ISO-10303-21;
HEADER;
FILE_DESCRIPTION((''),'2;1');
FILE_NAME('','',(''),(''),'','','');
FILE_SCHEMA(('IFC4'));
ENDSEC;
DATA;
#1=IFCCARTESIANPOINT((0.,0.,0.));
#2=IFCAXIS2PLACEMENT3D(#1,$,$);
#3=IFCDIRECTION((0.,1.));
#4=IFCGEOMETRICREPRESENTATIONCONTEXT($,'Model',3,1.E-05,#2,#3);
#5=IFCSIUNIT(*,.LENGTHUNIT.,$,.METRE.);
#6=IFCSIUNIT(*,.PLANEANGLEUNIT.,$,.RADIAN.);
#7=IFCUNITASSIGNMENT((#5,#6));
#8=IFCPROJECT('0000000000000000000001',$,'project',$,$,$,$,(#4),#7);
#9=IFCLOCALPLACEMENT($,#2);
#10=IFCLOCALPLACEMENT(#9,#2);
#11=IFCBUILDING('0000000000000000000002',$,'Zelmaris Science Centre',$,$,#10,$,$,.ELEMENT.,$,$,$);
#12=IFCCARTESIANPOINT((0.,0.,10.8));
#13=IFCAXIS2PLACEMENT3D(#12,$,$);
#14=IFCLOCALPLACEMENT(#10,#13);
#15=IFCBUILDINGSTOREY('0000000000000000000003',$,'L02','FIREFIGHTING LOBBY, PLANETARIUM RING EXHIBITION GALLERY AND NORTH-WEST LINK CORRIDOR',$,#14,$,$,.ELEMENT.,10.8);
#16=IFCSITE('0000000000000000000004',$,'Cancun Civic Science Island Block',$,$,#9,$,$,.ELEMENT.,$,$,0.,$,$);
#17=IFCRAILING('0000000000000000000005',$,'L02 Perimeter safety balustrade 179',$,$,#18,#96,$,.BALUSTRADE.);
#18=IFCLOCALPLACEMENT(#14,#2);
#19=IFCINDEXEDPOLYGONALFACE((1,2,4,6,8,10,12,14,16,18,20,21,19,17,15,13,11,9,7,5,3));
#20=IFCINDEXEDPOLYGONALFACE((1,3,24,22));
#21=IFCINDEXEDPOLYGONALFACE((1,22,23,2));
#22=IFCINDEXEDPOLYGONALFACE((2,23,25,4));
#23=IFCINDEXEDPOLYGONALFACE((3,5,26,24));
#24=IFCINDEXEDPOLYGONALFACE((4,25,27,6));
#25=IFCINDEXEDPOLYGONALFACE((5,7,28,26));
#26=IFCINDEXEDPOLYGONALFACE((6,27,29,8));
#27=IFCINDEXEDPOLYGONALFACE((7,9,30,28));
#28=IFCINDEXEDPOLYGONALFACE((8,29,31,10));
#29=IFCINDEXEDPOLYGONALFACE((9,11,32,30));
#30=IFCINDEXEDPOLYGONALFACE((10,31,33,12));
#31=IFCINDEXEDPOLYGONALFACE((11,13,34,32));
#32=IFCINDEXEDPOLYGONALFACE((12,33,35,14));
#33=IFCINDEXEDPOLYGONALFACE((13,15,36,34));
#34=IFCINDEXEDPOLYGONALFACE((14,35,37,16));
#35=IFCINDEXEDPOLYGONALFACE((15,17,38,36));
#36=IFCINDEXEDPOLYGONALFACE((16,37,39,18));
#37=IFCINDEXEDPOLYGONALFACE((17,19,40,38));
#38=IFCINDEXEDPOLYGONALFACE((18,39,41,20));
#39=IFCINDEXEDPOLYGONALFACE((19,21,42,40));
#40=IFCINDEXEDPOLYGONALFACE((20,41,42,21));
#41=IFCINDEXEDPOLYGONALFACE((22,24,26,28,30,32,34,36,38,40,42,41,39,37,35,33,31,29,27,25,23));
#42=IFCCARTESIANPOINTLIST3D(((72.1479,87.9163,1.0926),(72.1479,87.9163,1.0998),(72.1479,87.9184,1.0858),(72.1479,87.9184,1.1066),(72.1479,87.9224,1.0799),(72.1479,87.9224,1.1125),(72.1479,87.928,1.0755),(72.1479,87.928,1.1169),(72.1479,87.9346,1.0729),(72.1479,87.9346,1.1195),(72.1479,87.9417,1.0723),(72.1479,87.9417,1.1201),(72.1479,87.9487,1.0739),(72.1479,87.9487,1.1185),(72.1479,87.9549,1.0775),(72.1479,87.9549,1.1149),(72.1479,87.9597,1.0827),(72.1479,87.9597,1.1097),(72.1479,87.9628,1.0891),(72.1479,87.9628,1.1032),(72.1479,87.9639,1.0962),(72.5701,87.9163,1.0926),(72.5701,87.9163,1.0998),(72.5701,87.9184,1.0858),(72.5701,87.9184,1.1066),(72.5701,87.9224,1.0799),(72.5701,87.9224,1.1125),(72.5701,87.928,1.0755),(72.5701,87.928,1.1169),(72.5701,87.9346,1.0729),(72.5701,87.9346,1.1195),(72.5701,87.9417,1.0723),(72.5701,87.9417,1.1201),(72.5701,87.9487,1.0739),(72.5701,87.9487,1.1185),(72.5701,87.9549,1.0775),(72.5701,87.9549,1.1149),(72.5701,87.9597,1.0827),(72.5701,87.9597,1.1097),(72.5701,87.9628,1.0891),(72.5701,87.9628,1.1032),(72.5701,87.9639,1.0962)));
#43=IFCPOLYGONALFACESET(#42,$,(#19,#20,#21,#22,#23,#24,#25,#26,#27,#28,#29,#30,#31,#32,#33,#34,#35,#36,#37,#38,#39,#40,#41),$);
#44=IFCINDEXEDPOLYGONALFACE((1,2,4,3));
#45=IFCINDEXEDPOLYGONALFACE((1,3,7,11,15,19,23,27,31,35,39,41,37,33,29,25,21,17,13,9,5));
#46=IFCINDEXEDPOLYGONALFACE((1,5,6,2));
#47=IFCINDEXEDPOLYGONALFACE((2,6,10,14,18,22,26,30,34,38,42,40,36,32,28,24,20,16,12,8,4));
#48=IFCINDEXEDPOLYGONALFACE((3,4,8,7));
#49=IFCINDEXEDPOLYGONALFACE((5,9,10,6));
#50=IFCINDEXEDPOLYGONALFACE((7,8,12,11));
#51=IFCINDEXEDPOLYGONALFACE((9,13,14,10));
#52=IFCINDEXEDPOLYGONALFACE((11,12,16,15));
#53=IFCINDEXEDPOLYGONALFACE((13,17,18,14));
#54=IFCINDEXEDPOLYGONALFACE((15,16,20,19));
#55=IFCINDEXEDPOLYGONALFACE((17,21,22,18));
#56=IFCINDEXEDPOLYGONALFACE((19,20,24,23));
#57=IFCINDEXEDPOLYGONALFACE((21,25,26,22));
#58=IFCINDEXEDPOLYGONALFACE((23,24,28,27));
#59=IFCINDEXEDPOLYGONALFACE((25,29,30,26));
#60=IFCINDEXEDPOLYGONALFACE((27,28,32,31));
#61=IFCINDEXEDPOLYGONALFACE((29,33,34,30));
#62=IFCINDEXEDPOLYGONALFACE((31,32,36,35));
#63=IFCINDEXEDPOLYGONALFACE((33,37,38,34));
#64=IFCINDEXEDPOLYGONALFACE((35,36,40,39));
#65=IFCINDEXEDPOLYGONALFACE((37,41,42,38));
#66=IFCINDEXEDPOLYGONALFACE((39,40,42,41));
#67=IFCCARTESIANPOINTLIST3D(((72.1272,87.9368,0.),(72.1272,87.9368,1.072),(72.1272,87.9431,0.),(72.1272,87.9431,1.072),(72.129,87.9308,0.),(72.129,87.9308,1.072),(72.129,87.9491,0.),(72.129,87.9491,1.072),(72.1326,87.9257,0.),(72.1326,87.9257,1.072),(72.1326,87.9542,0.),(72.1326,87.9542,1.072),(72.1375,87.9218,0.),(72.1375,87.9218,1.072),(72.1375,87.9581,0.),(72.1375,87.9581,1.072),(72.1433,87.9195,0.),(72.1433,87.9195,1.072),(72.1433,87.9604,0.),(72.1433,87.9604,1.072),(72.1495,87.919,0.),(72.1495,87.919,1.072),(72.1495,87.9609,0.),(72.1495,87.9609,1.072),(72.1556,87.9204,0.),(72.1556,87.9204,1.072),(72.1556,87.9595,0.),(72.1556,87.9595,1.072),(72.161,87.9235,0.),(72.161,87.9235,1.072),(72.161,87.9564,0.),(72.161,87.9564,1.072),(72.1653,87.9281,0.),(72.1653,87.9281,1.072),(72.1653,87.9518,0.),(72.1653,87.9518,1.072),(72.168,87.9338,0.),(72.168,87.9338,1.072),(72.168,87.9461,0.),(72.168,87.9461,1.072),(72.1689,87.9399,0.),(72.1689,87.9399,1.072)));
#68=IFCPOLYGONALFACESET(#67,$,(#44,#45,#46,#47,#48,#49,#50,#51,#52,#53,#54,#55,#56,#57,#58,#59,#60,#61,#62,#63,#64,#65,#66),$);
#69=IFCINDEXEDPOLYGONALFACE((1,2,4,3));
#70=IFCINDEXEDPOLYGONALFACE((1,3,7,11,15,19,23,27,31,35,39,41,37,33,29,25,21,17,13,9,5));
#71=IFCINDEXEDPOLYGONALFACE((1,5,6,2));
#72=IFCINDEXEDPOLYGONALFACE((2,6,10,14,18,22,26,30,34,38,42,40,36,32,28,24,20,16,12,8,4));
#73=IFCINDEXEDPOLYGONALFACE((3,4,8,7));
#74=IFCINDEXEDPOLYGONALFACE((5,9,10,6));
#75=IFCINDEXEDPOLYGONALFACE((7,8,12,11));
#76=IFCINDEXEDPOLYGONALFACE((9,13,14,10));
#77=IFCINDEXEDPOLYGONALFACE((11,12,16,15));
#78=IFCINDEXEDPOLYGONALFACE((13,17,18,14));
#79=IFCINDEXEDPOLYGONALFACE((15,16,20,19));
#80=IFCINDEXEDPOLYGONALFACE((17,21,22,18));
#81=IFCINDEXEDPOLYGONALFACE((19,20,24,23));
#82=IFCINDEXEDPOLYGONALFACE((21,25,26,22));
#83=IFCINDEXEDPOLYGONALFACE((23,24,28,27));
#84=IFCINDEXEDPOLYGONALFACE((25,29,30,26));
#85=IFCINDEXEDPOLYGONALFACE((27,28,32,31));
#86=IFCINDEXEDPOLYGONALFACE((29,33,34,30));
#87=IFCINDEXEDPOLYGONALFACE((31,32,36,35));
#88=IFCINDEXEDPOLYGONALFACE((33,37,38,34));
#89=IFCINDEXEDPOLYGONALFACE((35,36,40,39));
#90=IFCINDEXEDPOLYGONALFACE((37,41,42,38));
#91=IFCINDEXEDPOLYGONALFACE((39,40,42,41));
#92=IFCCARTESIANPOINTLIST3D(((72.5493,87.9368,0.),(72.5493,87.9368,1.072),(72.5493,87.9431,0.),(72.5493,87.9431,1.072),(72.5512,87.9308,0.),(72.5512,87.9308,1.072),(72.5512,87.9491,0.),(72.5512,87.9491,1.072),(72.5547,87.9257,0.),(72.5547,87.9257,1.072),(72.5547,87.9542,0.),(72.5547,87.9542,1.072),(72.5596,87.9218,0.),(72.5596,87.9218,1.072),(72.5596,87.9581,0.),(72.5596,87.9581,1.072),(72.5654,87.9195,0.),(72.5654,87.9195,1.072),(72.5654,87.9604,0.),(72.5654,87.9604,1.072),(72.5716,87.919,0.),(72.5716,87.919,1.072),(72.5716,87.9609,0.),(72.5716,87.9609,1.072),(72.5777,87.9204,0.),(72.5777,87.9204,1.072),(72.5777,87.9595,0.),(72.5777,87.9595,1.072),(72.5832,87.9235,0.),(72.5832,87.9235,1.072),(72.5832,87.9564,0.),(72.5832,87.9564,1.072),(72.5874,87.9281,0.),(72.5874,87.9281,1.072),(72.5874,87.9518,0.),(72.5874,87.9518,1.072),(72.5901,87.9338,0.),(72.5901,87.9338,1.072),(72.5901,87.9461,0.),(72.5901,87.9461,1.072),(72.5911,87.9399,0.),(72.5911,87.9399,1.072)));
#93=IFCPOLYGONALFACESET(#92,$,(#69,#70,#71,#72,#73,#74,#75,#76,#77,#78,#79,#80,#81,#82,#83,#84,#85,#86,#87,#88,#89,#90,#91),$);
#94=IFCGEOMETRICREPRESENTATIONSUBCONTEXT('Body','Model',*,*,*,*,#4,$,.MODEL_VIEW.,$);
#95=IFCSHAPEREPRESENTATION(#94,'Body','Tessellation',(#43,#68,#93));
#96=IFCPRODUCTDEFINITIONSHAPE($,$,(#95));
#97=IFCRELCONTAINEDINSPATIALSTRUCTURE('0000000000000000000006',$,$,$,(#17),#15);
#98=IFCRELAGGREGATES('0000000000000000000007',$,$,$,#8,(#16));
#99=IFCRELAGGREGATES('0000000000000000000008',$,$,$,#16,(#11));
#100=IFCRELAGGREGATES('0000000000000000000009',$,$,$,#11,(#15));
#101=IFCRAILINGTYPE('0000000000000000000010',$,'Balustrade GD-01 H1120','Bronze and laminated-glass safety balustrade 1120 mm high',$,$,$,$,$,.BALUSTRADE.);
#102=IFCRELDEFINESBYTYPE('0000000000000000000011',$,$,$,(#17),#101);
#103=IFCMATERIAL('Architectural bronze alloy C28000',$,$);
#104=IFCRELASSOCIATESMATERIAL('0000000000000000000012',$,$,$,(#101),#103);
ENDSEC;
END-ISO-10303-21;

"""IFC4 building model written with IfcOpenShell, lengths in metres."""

from ifc_helpers import new_model, si_unit, direction, frame, origin, origin_2d, place, context, subcontext, project, spatial, circle, extrude, material, type_object, element, save


model = new_model("IFC4")

# Units and contexts
model_context = context("Model", 3, precision=1e-05, world=origin(), true_north=direction((0.0, 1.0)))
body_context = subcontext(model_context, "Body", "Model", "MODEL_VIEW")
ifc_project = project(units=[si_unit("LENGTHUNIT", "METRE"), si_unit("PLANEANGLEUNIT", "RADIAN")], contexts=[model_context])

# Site, building, storey
site_placement = place(None, origin())
site = spatial("IfcSite", under=ifc_project, at=site_placement, Name="Cancun Civic Science Island Block", CompositionType="ELEMENT", RefElevation=0.0)
building_placement = place(site_placement, origin())
building = spatial("IfcBuilding", under=site, at=building_placement, Name="Zelmaris Science Centre", CompositionType="ELEMENT")
storey_placement = place(building_placement, frame((0.0, 0.0, 10.8)))
storey = spatial("IfcBuildingStorey", under=building, at=storey_placement, Name="L02", Description="FIREFIGHTING LOBBY, PLANETARIUM RING EXHIBITION GALLERY AND NORTH-WEST LINK CORRIDOR", CompositionType="ELEMENT", Elevation=10.8)

# Railing
ifc_material_1 = material(Name="Architectural bronze alloy C28000")
railing_type = type_object("IfcRailingType", Name="Balustrade GD-01 H1120", Description="Bronze and laminated-glass safety balustrade 1120 mm high", PredefinedType="BALUSTRADE", material=ifc_material_1)
railing_1_placement = place(storey_placement, frame((72.1479, 87.9399, 0.0)))
element("IfcRailing", 1, at=railing_1_placement, inside=storey, type_object=railing_type, Name="L02 Perimeter safety balustrade 179", PredefinedType="BALUSTRADE", context=body_context, shape_type="SweptSolid", body=[
    extrude(circle(Radius=0.0239, at=origin_2d()), frame((0.0, 0.0, 1.0962), z_axis=(1.0, 0.0, 0.0), x_axis=(0.0, 1.0, 0.0)), (0.0, 0.0, 1.0), 0.4221),
    extrude(circle(Radius=0.021, at=origin_2d()), origin(), (0.0, 0.0, 1.0), 1.072),
    extrude(circle(Radius=0.021, at=origin_2d()), frame((0.4221, 0.0, 0.0)), (0.0, 0.0, 1.0), 1.072),
])

save(model, "model.ifc")
